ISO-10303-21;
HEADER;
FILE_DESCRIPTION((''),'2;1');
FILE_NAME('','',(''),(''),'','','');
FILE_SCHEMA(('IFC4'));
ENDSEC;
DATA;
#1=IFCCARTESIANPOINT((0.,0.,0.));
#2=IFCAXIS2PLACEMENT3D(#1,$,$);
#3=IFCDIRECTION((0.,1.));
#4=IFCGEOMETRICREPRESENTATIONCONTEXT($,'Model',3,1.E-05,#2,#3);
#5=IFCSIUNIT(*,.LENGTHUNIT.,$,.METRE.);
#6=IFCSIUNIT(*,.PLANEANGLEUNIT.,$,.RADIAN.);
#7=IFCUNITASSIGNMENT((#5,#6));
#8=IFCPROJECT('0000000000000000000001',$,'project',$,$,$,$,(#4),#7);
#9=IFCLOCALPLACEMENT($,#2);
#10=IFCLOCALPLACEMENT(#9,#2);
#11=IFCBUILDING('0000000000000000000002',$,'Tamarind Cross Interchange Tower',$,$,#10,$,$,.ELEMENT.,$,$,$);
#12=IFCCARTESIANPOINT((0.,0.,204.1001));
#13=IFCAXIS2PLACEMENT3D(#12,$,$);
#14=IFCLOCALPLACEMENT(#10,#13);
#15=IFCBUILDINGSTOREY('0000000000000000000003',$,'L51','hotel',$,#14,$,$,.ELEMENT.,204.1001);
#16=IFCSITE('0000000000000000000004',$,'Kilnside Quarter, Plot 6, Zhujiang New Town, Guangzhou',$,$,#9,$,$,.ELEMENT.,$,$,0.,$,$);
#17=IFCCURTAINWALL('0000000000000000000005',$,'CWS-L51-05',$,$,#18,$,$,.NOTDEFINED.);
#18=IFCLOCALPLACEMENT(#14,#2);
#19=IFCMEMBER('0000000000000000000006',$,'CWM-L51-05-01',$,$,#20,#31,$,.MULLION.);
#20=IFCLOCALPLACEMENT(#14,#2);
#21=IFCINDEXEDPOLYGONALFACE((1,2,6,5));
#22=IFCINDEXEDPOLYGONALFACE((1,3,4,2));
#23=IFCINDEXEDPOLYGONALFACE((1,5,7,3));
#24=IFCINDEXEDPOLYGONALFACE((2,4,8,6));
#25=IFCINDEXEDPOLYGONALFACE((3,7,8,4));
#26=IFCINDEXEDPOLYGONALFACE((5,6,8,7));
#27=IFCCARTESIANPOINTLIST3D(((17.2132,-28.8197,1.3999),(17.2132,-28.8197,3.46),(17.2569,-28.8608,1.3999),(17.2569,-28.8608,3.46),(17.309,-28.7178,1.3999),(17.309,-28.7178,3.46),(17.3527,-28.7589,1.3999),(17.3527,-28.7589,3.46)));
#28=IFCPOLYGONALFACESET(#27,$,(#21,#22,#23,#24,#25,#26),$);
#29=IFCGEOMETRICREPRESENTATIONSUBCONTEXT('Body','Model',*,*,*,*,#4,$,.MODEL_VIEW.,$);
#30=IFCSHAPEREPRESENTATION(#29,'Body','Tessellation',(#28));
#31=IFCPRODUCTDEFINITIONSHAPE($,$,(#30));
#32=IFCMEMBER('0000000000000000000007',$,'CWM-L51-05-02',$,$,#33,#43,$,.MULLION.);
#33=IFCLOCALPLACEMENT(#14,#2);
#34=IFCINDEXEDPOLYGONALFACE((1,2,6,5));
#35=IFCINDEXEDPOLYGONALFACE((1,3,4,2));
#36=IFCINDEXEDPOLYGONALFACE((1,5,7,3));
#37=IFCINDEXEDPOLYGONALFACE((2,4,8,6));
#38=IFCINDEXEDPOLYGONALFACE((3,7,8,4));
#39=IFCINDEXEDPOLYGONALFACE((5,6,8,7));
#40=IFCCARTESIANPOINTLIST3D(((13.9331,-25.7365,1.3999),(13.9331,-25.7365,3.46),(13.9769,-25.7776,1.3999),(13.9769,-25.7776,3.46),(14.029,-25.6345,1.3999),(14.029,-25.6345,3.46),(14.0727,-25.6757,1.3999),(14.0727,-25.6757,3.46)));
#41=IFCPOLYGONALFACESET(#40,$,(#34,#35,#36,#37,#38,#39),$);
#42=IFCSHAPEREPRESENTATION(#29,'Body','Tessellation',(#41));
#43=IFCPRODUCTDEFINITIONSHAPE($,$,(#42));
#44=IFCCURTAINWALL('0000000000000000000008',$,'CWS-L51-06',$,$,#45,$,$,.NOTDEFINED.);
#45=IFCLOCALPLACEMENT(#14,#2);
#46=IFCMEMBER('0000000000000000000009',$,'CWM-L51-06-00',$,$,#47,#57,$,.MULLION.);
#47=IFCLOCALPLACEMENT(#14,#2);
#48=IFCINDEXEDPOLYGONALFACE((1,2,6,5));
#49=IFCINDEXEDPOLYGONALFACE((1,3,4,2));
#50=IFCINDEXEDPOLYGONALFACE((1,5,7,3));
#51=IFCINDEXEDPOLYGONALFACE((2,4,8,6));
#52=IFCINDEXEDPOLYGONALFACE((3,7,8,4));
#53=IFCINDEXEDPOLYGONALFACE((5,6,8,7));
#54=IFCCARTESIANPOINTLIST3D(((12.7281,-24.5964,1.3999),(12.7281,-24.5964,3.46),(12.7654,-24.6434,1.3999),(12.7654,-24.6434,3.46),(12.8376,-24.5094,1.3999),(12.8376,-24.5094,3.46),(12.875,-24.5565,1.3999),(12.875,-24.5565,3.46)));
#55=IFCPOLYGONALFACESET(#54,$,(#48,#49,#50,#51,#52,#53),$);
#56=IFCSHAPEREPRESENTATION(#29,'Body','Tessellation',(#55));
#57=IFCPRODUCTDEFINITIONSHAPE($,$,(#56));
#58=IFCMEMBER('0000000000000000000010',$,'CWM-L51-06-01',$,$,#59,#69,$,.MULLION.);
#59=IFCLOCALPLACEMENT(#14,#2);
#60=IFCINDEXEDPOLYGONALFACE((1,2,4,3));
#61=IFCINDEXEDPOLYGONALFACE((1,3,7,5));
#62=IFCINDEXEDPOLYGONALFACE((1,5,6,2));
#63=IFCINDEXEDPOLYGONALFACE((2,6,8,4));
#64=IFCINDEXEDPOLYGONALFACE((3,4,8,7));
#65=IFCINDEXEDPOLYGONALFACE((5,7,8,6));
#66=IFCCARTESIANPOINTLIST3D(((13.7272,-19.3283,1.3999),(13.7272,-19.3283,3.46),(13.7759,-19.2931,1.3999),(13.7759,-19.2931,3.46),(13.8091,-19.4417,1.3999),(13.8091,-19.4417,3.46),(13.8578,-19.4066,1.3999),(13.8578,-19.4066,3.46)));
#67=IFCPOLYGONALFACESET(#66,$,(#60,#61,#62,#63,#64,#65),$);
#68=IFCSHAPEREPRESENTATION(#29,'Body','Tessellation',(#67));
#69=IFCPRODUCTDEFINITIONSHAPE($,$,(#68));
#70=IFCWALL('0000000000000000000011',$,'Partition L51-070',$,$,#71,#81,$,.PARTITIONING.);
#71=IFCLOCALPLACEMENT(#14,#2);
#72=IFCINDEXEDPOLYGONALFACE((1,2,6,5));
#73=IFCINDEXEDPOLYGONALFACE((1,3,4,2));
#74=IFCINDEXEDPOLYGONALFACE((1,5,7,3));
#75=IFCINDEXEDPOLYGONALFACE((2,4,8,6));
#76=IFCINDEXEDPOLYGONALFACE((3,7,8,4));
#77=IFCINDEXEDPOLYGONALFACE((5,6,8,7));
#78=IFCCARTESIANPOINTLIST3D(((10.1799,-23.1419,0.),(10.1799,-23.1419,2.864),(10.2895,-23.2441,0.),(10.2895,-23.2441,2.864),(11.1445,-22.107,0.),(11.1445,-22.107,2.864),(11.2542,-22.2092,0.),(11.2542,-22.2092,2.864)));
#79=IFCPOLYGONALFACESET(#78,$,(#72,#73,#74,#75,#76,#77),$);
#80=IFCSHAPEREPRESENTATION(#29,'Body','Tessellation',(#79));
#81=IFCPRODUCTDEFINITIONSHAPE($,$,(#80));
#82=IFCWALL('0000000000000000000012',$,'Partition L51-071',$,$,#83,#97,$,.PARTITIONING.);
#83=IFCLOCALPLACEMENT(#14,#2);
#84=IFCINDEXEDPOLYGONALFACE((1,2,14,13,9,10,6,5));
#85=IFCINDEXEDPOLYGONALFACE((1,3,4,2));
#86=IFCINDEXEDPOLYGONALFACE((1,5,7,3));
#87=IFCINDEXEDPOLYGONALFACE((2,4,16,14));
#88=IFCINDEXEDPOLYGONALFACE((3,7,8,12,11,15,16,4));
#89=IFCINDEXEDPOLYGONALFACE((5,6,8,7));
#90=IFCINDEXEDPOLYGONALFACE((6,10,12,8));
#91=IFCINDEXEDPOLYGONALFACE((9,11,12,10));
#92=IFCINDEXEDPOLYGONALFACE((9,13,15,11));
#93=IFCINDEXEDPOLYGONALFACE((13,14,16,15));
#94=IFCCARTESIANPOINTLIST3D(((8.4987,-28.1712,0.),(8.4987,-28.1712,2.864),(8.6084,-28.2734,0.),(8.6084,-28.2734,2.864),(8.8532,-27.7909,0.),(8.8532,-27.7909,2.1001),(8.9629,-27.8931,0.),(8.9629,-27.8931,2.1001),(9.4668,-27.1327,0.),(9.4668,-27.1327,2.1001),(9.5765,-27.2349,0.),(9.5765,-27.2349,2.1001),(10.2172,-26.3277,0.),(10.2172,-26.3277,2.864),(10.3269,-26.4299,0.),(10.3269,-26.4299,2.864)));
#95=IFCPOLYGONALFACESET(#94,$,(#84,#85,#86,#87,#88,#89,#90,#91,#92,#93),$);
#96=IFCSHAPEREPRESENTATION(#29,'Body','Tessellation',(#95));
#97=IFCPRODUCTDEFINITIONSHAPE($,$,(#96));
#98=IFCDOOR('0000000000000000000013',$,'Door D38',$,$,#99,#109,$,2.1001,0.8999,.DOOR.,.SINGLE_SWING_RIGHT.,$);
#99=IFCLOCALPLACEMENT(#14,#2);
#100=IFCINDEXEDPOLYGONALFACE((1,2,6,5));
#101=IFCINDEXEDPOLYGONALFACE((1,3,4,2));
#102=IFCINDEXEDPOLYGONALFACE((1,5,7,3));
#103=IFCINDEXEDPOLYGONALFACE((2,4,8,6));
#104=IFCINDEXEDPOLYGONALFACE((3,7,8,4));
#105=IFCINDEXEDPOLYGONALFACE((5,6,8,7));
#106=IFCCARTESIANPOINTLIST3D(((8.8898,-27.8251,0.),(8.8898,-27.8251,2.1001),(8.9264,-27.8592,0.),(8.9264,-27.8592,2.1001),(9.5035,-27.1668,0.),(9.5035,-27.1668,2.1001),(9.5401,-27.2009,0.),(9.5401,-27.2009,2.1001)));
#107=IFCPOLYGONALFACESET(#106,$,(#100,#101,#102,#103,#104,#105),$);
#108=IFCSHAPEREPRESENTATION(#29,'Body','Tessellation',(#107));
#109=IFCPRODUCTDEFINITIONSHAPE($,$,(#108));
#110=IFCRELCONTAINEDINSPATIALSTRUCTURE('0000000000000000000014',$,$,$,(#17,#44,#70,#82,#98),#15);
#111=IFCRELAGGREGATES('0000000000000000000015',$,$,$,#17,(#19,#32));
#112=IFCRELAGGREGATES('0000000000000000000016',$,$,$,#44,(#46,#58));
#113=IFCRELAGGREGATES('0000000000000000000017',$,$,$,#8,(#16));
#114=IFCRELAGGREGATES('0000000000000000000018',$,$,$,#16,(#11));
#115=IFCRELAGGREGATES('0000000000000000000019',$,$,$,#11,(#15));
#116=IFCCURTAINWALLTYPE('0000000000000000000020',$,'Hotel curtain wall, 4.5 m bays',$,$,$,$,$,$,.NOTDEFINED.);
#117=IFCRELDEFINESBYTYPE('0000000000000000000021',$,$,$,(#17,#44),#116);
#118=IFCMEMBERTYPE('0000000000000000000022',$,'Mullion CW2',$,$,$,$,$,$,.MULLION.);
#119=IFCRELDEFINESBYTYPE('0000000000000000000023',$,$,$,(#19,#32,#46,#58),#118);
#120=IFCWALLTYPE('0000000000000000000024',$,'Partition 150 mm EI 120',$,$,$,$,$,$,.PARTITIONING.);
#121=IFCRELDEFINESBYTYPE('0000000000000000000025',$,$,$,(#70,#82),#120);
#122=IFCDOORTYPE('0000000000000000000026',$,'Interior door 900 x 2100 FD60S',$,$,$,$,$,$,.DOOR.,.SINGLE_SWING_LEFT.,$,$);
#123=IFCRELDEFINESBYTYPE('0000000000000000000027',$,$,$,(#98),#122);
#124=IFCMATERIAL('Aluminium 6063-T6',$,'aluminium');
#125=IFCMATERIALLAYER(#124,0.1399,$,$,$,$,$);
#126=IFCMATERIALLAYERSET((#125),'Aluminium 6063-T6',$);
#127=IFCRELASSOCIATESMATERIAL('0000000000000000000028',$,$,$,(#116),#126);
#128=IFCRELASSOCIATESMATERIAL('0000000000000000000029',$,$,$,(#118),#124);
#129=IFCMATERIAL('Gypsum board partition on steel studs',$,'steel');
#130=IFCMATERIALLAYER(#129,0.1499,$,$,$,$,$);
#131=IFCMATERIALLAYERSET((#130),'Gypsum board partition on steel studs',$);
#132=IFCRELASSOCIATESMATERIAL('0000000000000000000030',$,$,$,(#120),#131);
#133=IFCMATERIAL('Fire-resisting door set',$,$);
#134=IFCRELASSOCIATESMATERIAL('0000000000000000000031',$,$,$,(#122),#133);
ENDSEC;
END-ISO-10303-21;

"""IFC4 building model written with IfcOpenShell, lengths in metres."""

from ifc_helpers import new_model, si_unit, direction, frame, frame_2d, origin, origin_2d, place, context, subcontext, project, spatial, rectangle, extrude, material, layer, layer_set, material_profile, profile_set, type_object, element, fill, aggregate, save


model = new_model("IFC4")

# Units and contexts
model_context = context("Model", 3, precision=1e-05, world=origin(), true_north=direction((0.0, 1.0)))
body_context = subcontext(model_context, "Body", "Model", "MODEL_VIEW")
ifc_project = project(units=[si_unit("LENGTHUNIT", "METRE"), si_unit("PLANEANGLEUNIT", "RADIAN")], contexts=[model_context])

# Site, building, storey
site_placement = place(None, origin())
site = spatial("IfcSite", under=ifc_project, at=site_placement, Name="Kilnside Quarter, Plot 6, Zhujiang New Town, Guangzhou", CompositionType="ELEMENT", RefElevation=0.0)
building_placement = place(site_placement, origin())
building = spatial("IfcBuilding", under=site, at=building_placement, Name="Tamarind Cross Interchange Tower", CompositionType="ELEMENT")
storey_placement = place(building_placement, frame((0.0, 0.0, 204.1001)))
storey = spatial("IfcBuildingStorey", under=building, at=storey_placement, Name="L51", Description="hotel", CompositionType="ELEMENT", Elevation=204.1001)

# Curtain walls, members
ifc_material_1 = material(Name="Aluminium 6063-T6", Category="aluminium")
ifc_layer_1 = layer(ifc_material_1, 0.1399)
ifc_layer_set_1 = layer_set([ifc_layer_1], Name="Aluminium 6063-T6")
curtain_wall_type = type_object("IfcCurtainWallType", Name="Hotel curtain wall, 4.5 m bays", PredefinedType="NOTDEFINED", material=ifc_layer_set_1)
curtain_wall_1_placement = place(storey_placement, origin())
curtain_wall_1 = element("IfcCurtainWall", 1, at=curtain_wall_1_placement, inside=storey, type_object=curtain_wall_type, Name="CWS-L51-05", PredefinedType="NOTDEFINED")
ifc_material_profile_1 = material_profile(ifc_material_1, rectangle(XDim=0.0601, YDim=0.1399, at=origin_2d()), Name="Mullion CW2")
ifc_profile_set_1 = profile_set([ifc_material_profile_1], Name="Aluminium 6063-T6")
member_type = type_object("IfcMemberType", Name="Mullion CW2", PredefinedType="MULLION", material=ifc_profile_set_1)
member_1_placement = place(storey_placement, frame((17.283, -28.7893, 1.3999), z_axis=(0.0, 0.0, 1.0), x_axis=(-0.728609, 0.68493, 0.0)))
member_1 = element("IfcMember", 2, at=member_1_placement, type_object=member_type, Name="CWM-L51-05-01", PredefinedType="MULLION", context=body_context, shape_type="SweptSolid", body=[
    extrude(rectangle(XDim=0.0601, YDim=0.1399, at=origin_2d()), origin(), (0.0, 0.0, 1.0), 2.0601),
])
member_2_placement = place(storey_placement, frame((14.0029, -25.7061, 1.3999), z_axis=(0.0, 0.0, 1.0), x_axis=(-0.728609, 0.68493, 0.0)))
member_2 = element("IfcMember", 3, at=member_2_placement, type_object=member_type, Name="CWM-L51-05-02", PredefinedType="MULLION", context=body_context, shape_type="SweptSolid", body=[
    extrude(rectangle(XDim=0.0601, YDim=0.1399, at=origin_2d()), origin(), (0.0, 0.0, 1.0), 2.0601),
])
aggregate(curtain_wall_1, [member_1, member_2])
curtain_wall_2_placement = place(storey_placement, origin())
curtain_wall_2 = element("IfcCurtainWall", 4, at=curtain_wall_2_placement, inside=storey, type_object=curtain_wall_type, Name="CWS-L51-06", PredefinedType="NOTDEFINED")
member_3_placement = place(storey_placement, frame((12.8015, -24.5764, 1.3999), z_axis=(0.0, 0.0, 1.0), x_axis=(-0.621633, 0.783309, 0.0)))
member_3 = element("IfcMember", 5, at=member_3_placement, type_object=member_type, Name="CWM-L51-06-00", PredefinedType="MULLION", context=body_context, shape_type="SweptSolid", body=[
    extrude(rectangle(XDim=0.0601, YDim=0.1399, at=origin_2d()), origin(), (0.0, 0.0, 1.0), 2.0601),
])
member_4_placement = place(storey_placement, frame((13.7925, -19.3674, 1.3999), z_axis=(0.0, 0.0, 1.0), x_axis=(0.810889, 0.5852, 0.0)))
member_4 = element("IfcMember", 6, at=member_4_placement, type_object=member_type, Name="CWM-L51-06-01", PredefinedType="MULLION", context=body_context, shape_type="SweptSolid", body=[
    extrude(rectangle(XDim=0.0601, YDim=0.1399, at=origin_2d()), origin(), (0.0, 0.0, 1.0), 2.0601),
])
aggregate(curtain_wall_2, [member_3, member_4])

# Wall
ifc_material_2 = material(Name="Gypsum board partition on steel studs", Category="steel")
ifc_layer_2 = layer(ifc_material_2, 0.1499)
ifc_layer_set_2 = layer_set([ifc_layer_2], Name="Gypsum board partition on steel studs")
wall_type = type_object("IfcWallType", Name="Partition 150 mm EI 120", PredefinedType="PARTITIONING", material=ifc_layer_set_2)
wall_1_placement = place(storey_placement, frame((10.2346, -23.1931, 0.0), z_axis=(0.0, 0.0, 1.0), x_axis=(0.68182, 0.73152, 0.0)))
element("IfcWall", 7, at=wall_1_placement, inside=storey, type_object=wall_type, Name="Partition L51-070", PredefinedType="PARTITIONING", context=body_context, shape_type="SweptSolid", body=[
    extrude(rectangle(XDim=1.4148, YDim=0.1499, at=frame_2d((0.7075, 0.0))), origin(), (0.0, 0.0, 1.0), 2.864),
])

# Wall, opening, door
wall_2_placement = place(storey_placement, frame((8.5535, -28.2224, 0.0), z_axis=(0.0, 0.0, 1.0), x_axis=(0.681873, 0.731471, 0.0)))
wall_2 = element("IfcWall", 8, at=wall_2_placement, inside=storey, type_object=wall_type, Name="Partition L51-071", PredefinedType="PARTITIONING", context=body_context, shape_type="SweptSolid", body=[
    extrude(rectangle(XDim=2.5203, YDim=0.1499, at=frame_2d((1.2603, 0.0))), origin(), (0.0, 0.0, 1.0), 2.864),
])
opening_placement = place(wall_2_placement, frame((0.52, 0.0, 0.0)))
opening = element("IfcOpeningElement", 9, at=opening_placement, cuts=wall_2, PredefinedType="OPENING", context=body_context, shape_type="SweptSolid", body=[
    extrude(rectangle(XDim=0.8999, YDim=2.1001, at=frame_2d((0.45, 1.05))), frame((0.0, 0.085, 0.0), z_axis=(0.0, -1.0, 0.0), x_axis=(1.0, 0.0, 0.0)), (0.0, 0.0, 1.0), 0.1699),
])
ifc_material_3 = material(Name="Fire-resisting door set")
door_type = type_object("IfcDoorType", Name="Interior door 900 x 2100 FD60S", OperationType="SINGLE_SWING_LEFT", PredefinedType="DOOR", material=ifc_material_3)
door_placement = place(opening_placement, origin())
door = element("IfcDoor", 10, at=door_placement, inside=storey, type_object=door_type, Name="Door D38", OperationType="SINGLE_SWING_RIGHT", OverallHeight=2.1001, OverallWidth=0.8999, PredefinedType="DOOR", context=body_context, shape_type="SweptSolid", body=[
    extrude(rectangle(XDim=0.8999, YDim=2.1001, at=frame_2d((0.45, 1.05))), frame((0.0, 0.0249, 0.0), z_axis=(0.0, -1.0, 0.0), x_axis=(1.0, 0.0, 0.0)), (0.0, 0.0, 1.0), 0.05),
])
fill(opening, door)

save(model, "model.ifc")
